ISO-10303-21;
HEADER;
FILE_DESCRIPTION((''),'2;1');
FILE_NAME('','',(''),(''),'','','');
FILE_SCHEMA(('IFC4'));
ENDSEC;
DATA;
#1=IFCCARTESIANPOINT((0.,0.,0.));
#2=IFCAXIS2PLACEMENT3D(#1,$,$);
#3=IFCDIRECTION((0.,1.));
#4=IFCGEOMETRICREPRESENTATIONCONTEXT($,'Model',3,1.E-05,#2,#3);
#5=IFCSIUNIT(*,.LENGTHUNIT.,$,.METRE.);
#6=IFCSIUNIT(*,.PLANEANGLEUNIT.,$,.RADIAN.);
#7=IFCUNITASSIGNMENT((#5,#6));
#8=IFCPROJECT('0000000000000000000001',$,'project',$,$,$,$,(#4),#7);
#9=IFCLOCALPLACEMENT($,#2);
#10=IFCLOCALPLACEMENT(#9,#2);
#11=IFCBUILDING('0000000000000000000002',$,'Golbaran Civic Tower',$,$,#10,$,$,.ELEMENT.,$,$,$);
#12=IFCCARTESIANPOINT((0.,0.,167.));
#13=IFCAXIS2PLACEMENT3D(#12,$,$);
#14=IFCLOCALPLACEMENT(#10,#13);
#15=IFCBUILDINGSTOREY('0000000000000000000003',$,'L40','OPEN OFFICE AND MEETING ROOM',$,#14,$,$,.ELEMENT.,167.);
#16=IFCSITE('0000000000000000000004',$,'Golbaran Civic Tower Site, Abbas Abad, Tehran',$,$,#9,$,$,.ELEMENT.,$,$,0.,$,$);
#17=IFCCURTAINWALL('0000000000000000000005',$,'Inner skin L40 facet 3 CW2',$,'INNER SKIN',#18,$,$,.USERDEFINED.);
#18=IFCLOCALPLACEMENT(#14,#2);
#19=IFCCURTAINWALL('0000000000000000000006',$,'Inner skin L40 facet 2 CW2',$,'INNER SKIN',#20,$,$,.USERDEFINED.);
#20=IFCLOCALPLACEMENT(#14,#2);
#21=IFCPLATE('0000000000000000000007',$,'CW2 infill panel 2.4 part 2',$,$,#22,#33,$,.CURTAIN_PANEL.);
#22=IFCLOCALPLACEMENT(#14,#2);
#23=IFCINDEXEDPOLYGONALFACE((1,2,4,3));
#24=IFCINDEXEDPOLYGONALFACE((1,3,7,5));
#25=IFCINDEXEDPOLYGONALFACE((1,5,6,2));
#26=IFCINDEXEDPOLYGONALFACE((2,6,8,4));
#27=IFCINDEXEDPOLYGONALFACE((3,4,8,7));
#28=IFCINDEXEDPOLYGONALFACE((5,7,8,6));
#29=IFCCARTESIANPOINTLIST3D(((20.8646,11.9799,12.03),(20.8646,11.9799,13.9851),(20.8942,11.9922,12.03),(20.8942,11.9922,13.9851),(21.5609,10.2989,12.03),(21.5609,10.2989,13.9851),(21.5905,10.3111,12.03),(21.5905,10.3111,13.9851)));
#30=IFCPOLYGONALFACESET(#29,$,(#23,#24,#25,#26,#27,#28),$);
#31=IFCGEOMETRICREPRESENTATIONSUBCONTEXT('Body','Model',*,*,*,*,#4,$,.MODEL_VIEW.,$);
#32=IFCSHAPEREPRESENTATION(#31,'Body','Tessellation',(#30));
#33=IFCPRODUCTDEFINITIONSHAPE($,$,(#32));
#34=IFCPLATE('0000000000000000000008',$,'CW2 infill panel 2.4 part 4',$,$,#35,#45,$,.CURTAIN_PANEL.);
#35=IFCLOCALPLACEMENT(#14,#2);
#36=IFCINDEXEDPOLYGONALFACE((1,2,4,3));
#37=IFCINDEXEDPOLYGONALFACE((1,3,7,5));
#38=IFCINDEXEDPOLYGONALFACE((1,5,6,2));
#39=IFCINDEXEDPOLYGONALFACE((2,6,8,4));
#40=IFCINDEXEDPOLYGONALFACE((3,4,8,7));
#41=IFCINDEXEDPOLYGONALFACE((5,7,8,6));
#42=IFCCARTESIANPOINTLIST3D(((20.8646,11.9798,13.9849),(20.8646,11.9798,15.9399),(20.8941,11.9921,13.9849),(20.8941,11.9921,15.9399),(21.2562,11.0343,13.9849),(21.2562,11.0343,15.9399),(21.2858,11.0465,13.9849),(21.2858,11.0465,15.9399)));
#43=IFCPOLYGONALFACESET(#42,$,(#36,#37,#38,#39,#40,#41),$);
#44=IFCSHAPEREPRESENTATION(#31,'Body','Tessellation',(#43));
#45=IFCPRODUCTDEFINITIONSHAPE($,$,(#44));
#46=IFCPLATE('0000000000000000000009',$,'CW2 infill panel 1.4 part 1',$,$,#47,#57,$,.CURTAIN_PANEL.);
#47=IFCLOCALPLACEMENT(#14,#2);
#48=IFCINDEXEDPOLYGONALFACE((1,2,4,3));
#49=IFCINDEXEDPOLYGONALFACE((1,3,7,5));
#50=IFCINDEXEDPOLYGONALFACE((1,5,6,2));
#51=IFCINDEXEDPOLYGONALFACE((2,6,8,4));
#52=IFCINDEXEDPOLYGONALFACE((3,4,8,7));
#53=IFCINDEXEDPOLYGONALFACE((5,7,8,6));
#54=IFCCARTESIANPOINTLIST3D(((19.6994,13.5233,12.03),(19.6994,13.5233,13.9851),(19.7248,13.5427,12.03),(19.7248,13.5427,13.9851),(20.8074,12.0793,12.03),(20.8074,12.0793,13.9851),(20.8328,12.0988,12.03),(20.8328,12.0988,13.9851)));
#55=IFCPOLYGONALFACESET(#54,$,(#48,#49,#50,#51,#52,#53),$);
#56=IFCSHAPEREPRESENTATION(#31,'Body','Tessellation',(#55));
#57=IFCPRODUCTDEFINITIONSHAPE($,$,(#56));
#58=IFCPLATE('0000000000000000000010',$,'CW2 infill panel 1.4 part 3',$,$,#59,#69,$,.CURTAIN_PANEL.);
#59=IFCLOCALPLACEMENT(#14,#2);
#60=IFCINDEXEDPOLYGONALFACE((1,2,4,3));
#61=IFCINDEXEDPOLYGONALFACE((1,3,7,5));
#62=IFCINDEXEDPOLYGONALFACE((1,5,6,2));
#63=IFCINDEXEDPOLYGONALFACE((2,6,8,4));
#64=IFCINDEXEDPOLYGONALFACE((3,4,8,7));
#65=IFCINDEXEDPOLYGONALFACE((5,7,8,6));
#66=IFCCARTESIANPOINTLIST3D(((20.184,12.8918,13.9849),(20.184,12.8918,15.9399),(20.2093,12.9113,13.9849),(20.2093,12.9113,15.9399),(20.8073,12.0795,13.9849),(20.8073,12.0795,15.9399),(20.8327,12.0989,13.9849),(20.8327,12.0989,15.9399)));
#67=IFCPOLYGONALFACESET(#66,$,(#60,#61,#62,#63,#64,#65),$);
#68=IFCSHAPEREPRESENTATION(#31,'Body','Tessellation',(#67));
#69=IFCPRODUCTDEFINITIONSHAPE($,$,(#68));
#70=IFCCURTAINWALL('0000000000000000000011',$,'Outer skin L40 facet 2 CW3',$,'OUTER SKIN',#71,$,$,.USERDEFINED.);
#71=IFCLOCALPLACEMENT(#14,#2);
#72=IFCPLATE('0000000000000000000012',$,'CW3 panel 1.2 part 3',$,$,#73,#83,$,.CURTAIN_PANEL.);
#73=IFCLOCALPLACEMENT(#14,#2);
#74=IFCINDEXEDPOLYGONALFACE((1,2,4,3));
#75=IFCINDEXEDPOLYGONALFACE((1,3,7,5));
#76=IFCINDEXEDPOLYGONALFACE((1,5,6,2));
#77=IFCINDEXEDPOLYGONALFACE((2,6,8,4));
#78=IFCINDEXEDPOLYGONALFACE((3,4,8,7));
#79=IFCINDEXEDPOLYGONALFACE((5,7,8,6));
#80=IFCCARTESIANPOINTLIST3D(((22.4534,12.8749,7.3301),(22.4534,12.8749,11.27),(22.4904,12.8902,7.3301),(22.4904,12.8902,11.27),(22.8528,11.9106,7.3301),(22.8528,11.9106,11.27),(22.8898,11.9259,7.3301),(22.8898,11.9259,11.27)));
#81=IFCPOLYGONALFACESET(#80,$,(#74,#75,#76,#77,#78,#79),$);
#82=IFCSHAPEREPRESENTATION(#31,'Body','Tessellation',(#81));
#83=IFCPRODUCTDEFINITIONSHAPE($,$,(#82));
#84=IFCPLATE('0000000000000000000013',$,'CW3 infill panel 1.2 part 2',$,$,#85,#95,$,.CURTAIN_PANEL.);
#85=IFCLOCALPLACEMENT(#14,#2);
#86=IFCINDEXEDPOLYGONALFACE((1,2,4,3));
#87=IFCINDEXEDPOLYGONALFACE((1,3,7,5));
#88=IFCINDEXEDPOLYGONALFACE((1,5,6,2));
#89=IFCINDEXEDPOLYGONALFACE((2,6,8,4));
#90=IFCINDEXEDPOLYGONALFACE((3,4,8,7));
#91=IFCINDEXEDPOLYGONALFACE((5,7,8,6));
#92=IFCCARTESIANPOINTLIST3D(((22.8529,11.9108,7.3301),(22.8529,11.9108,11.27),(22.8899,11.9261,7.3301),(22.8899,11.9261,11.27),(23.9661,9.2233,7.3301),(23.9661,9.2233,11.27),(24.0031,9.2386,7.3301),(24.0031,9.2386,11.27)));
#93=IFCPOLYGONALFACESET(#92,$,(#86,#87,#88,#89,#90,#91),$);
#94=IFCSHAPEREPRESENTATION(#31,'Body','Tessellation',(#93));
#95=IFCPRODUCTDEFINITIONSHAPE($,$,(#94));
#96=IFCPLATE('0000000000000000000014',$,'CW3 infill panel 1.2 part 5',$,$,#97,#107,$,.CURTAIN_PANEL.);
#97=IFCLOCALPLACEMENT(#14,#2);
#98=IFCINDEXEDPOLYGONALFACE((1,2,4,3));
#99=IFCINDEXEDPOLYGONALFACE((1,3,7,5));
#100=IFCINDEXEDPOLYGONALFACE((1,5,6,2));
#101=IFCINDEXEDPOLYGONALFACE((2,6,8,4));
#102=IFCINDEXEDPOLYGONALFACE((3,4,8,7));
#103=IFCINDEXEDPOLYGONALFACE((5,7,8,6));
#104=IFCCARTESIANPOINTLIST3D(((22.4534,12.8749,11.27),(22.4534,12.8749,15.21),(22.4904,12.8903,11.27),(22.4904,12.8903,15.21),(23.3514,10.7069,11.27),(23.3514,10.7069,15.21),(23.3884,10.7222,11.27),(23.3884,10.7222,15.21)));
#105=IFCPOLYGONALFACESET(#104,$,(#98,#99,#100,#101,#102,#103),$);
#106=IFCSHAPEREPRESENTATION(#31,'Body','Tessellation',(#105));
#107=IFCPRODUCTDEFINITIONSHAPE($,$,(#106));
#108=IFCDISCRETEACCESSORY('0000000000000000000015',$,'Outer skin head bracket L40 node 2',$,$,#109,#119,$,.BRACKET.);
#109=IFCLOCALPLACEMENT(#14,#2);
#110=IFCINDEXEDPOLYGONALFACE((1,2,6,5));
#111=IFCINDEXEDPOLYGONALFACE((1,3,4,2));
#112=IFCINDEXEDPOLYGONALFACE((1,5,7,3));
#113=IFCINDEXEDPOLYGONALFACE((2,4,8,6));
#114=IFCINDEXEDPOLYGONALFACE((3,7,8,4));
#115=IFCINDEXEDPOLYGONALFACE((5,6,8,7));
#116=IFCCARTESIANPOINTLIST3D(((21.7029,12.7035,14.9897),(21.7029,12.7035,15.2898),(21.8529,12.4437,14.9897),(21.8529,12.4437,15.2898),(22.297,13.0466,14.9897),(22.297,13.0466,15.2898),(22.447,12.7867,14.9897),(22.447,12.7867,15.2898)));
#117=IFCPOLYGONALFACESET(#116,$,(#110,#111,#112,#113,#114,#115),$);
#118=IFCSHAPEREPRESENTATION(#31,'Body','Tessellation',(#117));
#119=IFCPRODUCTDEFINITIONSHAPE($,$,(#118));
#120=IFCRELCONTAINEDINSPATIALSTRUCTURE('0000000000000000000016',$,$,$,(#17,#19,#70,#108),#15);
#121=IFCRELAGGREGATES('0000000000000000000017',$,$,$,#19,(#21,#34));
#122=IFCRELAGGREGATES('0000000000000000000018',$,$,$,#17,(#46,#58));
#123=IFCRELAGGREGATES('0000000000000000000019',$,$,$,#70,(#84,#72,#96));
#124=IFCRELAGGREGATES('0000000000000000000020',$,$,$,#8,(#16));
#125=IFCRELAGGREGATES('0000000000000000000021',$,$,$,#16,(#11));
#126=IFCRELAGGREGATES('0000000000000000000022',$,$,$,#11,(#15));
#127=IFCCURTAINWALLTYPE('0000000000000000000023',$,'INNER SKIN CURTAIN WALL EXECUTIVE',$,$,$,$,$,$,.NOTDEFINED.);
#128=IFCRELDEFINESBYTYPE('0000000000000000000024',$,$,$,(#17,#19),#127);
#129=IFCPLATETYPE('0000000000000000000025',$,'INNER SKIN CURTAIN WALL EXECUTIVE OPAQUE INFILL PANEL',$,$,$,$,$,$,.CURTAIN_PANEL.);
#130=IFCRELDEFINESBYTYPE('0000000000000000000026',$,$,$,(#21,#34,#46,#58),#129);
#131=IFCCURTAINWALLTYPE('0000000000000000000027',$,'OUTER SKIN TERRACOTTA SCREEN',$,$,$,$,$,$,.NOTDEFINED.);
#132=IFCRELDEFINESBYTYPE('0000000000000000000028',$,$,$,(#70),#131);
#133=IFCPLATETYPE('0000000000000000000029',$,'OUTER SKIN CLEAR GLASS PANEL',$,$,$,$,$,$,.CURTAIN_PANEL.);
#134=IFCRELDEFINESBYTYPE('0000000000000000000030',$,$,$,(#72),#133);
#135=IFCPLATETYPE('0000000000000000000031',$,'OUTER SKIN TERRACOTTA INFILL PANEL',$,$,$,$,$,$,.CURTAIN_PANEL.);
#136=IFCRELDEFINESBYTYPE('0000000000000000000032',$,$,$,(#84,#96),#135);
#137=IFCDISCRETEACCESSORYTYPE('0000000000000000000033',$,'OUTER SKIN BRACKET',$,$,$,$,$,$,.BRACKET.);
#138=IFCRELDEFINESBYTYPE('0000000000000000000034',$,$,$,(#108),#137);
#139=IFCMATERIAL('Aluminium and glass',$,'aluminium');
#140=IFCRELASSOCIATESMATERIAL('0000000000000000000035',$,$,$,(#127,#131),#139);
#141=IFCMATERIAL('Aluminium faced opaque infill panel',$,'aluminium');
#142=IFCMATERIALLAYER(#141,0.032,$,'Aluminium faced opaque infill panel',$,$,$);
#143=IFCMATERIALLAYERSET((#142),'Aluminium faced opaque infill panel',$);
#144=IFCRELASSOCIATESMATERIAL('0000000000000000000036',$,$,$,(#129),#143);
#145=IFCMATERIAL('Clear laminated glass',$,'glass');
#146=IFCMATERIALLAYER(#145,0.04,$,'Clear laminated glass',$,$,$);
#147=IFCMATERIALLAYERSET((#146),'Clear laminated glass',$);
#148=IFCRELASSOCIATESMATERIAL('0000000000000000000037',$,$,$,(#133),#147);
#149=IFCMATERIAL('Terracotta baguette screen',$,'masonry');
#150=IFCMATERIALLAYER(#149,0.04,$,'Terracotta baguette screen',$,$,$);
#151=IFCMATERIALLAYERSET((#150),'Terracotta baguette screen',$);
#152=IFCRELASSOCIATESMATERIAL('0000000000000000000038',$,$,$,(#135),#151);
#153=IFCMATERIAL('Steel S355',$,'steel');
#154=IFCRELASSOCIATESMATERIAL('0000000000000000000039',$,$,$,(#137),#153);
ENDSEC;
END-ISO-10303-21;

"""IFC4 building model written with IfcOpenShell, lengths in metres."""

from ifc_helpers import new_model, si_unit, direction, frame, origin, origin_2d, place, context, subcontext, project, spatial, rectangle, extrude, material, layer, layer_set, type_object, element, aggregate, save


model = new_model("IFC4")

# Units and contexts
model_context = context("Model", 3, precision=1e-05, world=origin(), true_north=direction((0.0, 1.0)))
body_context = subcontext(model_context, "Body", "Model", "MODEL_VIEW")
ifc_project = project(units=[si_unit("LENGTHUNIT", "METRE"), si_unit("PLANEANGLEUNIT", "RADIAN")], contexts=[model_context])

# Site, building, storey
site_placement = place(None, origin())
site = spatial("IfcSite", under=ifc_project, at=site_placement, Name="Golbaran Civic Tower Site, Abbas Abad, Tehran", CompositionType="ELEMENT", RefElevation=0.0)
building_placement = place(site_placement, origin())
building = spatial("IfcBuilding", under=site, at=building_placement, Name="Golbaran Civic Tower", CompositionType="ELEMENT")
storey_placement = place(building_placement, frame((0.0, 0.0, 167.0)))
storey = spatial("IfcBuildingStorey", under=building, at=storey_placement, Name="L40", Description="OPEN OFFICE AND MEETING ROOM", CompositionType="ELEMENT", Elevation=167.0)

# Curtain wall
ifc_material_1 = material(Name="Aluminium and glass", Category="aluminium")
curtain_wall_type_1 = type_object("IfcCurtainWallType", Name="INNER SKIN CURTAIN WALL EXECUTIVE", PredefinedType="NOTDEFINED", material=ifc_material_1)
curtain_wall_1_placement = place(storey_placement, origin())
curtain_wall_1 = element("IfcCurtainWall", 1, at=curtain_wall_1_placement, inside=storey, type_object=curtain_wall_type_1, Name="Inner skin L40 facet 3 CW2", ObjectType="INNER SKIN", PredefinedType="USERDEFINED")
curtain_wall_type_2 = type_object("IfcCurtainWallType", Name="OUTER SKIN TERRACOTTA SCREEN", PredefinedType="NOTDEFINED", material=ifc_material_1)

# Curtain wall
curtain_wall_2_placement = place(storey_placement, origin())
curtain_wall_2 = element("IfcCurtainWall", 2, at=curtain_wall_2_placement, inside=storey, type_object=curtain_wall_type_1, Name="Inner skin L40 facet 2 CW2", ObjectType="INNER SKIN", PredefinedType="USERDEFINED")

# Plates
ifc_material_2 = material(Name="Aluminium faced opaque infill panel", Category="aluminium")
ifc_layer_1 = layer(ifc_material_2, 0.032, Name="Aluminium faced opaque infill panel")
ifc_layer_set_1 = layer_set([ifc_layer_1], Name="Aluminium faced opaque infill panel")
plate_type_1 = type_object("IfcPlateType", Name="INNER SKIN CURTAIN WALL EXECUTIVE OPAQUE INFILL PANEL", PredefinedType="CURTAIN_PANEL", material=ifc_layer_set_1)
plate_1_placement = place(storey_placement, frame((21.2275, 11.1455, 12.03), z_axis=(0.0, 0.0, 1.0), x_axis=(-0.382683, 0.92388, 0.0)))
plate_1 = element("IfcPlate", 3, at=plate_1_placement, type_object=plate_type_1, Name="CW2 infill panel 2.4 part 2", PredefinedType="CURTAIN_PANEL", context=body_context, shape_type="SweptSolid", body=[
    extrude(rectangle(XDim=1.8196, YDim=0.032, at=origin_2d()), origin(), (0.0, 0.0, 1.0), 1.9551),
])
plate_2_placement = place(storey_placement, frame((21.0752, 11.5132, 13.9849), z_axis=(0.0, 0.0, 1.0), x_axis=(-0.382683, 0.92388, 0.0)))
plate_2 = element("IfcPlate", 4, at=plate_2_placement, type_object=plate_type_1, Name="CW2 infill panel 2.4 part 4", PredefinedType="CURTAIN_PANEL", context=body_context, shape_type="SweptSolid", body=[
    extrude(rectangle(XDim=1.0234, YDim=0.032, at=origin_2d()), origin(), (0.0, 0.0, 1.0), 1.9551),
])
aggregate(curtain_wall_2, [plate_1, plate_2])
plate_3_placement = place(storey_placement, frame((20.2661, 12.811, 12.03), z_axis=(0.0, 0.0, 1.0), x_axis=(-0.608761, 0.793353, 0.0)))
plate_3 = element("IfcPlate", 5, at=plate_3_placement, type_object=plate_type_1, Name="CW2 infill panel 1.4 part 1", PredefinedType="CURTAIN_PANEL", context=body_context, shape_type="SweptSolid", body=[
    extrude(rectangle(XDim=1.8201, YDim=0.032, at=origin_2d()), origin(), (0.0, 0.0, 1.0), 1.9551),
])
plate_4_placement = place(storey_placement, frame((20.5083, 12.4954, 13.9849), z_axis=(0.0, 0.0, 1.0), x_axis=(-0.608761, 0.793353, 0.0)))
plate_4 = element("IfcPlate", 6, at=plate_4_placement, type_object=plate_type_1, Name="CW2 infill panel 1.4 part 3", PredefinedType="CURTAIN_PANEL", context=body_context, shape_type="SweptSolid", body=[
    extrude(rectangle(XDim=1.0239, YDim=0.032, at=origin_2d()), origin(), (0.0, 0.0, 1.0), 1.9551),
])
aggregate(curtain_wall_1, [plate_3, plate_4])

# Curtain wall, plates
curtain_wall_3_placement = place(storey_placement, origin())
curtain_wall_3 = element("IfcCurtainWall", 7, at=curtain_wall_3_placement, inside=storey, type_object=curtain_wall_type_2, Name="Outer skin L40 facet 2 CW3", ObjectType="OUTER SKIN", PredefinedType="USERDEFINED")
ifc_material_3 = material(Name="Clear laminated glass", Category="glass")
ifc_layer_2 = layer(ifc_material_3, 0.04, Name="Clear laminated glass")
ifc_layer_set_2 = layer_set([ifc_layer_2], Name="Clear laminated glass")
plate_type_2 = type_object("IfcPlateType", Name="OUTER SKIN CLEAR GLASS PANEL", PredefinedType="CURTAIN_PANEL", material=ifc_layer_set_2)
plate_5_placement = place(storey_placement, frame((22.6716, 12.4004, 7.3301), z_axis=(0.0, 0.0, 1.0), x_axis=(-0.382683, 0.92388, 0.0)))
plate_5 = element("IfcPlate", 8, at=plate_5_placement, type_object=plate_type_2, Name="CW3 panel 1.2 part 3", PredefinedType="CURTAIN_PANEL", context=body_context, shape_type="SweptSolid", body=[
    extrude(rectangle(XDim=1.0437, YDim=0.04, at=origin_2d()), origin(), (0.0, 0.0, 1.0), 3.9399),
])
ifc_material_4 = material(Name="Terracotta baguette screen", Category="masonry")
ifc_layer_3 = layer(ifc_material_4, 0.04, Name="Terracotta baguette screen")
ifc_layer_set_3 = layer_set([ifc_layer_3], Name="Terracotta baguette screen")
plate_type_3 = type_object("IfcPlateType", Name="OUTER SKIN TERRACOTTA INFILL PANEL", PredefinedType="CURTAIN_PANEL", material=ifc_layer_set_3)
plate_6_placement = place(storey_placement, frame((23.428, 10.5747, 7.3301), z_axis=(0.0, 0.0, 1.0), x_axis=(-0.382683, 0.92388, 0.0)))
plate_6 = element("IfcPlate", 9, at=plate_6_placement, type_object=plate_type_3, Name="CW3 infill panel 1.2 part 2", PredefinedType="CURTAIN_PANEL", context=body_context, shape_type="SweptSolid", body=[
    extrude(rectangle(XDim=2.9089, YDim=0.04, at=origin_2d()), origin(), (0.0, 0.0, 1.0), 3.9399),
])
plate_7_placement = place(storey_placement, frame((22.9209, 11.7986, 11.27), z_axis=(0.0, 0.0, 1.0), x_axis=(-0.382683, 0.92388, 0.0)))
plate_7 = element("IfcPlate", 10, at=plate_7_placement, type_object=plate_type_3, Name="CW3 infill panel 1.2 part 5", PredefinedType="CURTAIN_PANEL", context=body_context, shape_type="SweptSolid", body=[
    extrude(rectangle(XDim=2.3467, YDim=0.04, at=origin_2d()), origin(), (0.0, 0.0, 1.0), 3.9399),
])
aggregate(curtain_wall_3, [plate_6, plate_5, plate_7])

# Discrete accessory
ifc_material_5 = material(Name="Steel S355", Category="steel")
discrete_accessory_type = type_object("IfcDiscreteAccessoryType", Name="OUTER SKIN BRACKET", PredefinedType="BRACKET", material=ifc_material_5)
discrete_accessory_placement = place(storey_placement, frame((22.075, 12.7451, 14.9897), z_axis=(0.0, 0.0, 1.0), x_axis=(0.866025, 0.5, 0.0)))
element("IfcDiscreteAccessory", 11, at=discrete_accessory_placement, inside=storey, type_object=discrete_accessory_type, Name="Outer skin head bracket L40 node 2", PredefinedType="BRACKET", context=body_context, shape_type="SweptSolid", body=[
    extrude(rectangle(XDim=0.686, YDim=0.3, at=origin_2d()), origin(), (0.0, 0.0, 1.0), 0.3),
])

save(model, "model.ifc")
